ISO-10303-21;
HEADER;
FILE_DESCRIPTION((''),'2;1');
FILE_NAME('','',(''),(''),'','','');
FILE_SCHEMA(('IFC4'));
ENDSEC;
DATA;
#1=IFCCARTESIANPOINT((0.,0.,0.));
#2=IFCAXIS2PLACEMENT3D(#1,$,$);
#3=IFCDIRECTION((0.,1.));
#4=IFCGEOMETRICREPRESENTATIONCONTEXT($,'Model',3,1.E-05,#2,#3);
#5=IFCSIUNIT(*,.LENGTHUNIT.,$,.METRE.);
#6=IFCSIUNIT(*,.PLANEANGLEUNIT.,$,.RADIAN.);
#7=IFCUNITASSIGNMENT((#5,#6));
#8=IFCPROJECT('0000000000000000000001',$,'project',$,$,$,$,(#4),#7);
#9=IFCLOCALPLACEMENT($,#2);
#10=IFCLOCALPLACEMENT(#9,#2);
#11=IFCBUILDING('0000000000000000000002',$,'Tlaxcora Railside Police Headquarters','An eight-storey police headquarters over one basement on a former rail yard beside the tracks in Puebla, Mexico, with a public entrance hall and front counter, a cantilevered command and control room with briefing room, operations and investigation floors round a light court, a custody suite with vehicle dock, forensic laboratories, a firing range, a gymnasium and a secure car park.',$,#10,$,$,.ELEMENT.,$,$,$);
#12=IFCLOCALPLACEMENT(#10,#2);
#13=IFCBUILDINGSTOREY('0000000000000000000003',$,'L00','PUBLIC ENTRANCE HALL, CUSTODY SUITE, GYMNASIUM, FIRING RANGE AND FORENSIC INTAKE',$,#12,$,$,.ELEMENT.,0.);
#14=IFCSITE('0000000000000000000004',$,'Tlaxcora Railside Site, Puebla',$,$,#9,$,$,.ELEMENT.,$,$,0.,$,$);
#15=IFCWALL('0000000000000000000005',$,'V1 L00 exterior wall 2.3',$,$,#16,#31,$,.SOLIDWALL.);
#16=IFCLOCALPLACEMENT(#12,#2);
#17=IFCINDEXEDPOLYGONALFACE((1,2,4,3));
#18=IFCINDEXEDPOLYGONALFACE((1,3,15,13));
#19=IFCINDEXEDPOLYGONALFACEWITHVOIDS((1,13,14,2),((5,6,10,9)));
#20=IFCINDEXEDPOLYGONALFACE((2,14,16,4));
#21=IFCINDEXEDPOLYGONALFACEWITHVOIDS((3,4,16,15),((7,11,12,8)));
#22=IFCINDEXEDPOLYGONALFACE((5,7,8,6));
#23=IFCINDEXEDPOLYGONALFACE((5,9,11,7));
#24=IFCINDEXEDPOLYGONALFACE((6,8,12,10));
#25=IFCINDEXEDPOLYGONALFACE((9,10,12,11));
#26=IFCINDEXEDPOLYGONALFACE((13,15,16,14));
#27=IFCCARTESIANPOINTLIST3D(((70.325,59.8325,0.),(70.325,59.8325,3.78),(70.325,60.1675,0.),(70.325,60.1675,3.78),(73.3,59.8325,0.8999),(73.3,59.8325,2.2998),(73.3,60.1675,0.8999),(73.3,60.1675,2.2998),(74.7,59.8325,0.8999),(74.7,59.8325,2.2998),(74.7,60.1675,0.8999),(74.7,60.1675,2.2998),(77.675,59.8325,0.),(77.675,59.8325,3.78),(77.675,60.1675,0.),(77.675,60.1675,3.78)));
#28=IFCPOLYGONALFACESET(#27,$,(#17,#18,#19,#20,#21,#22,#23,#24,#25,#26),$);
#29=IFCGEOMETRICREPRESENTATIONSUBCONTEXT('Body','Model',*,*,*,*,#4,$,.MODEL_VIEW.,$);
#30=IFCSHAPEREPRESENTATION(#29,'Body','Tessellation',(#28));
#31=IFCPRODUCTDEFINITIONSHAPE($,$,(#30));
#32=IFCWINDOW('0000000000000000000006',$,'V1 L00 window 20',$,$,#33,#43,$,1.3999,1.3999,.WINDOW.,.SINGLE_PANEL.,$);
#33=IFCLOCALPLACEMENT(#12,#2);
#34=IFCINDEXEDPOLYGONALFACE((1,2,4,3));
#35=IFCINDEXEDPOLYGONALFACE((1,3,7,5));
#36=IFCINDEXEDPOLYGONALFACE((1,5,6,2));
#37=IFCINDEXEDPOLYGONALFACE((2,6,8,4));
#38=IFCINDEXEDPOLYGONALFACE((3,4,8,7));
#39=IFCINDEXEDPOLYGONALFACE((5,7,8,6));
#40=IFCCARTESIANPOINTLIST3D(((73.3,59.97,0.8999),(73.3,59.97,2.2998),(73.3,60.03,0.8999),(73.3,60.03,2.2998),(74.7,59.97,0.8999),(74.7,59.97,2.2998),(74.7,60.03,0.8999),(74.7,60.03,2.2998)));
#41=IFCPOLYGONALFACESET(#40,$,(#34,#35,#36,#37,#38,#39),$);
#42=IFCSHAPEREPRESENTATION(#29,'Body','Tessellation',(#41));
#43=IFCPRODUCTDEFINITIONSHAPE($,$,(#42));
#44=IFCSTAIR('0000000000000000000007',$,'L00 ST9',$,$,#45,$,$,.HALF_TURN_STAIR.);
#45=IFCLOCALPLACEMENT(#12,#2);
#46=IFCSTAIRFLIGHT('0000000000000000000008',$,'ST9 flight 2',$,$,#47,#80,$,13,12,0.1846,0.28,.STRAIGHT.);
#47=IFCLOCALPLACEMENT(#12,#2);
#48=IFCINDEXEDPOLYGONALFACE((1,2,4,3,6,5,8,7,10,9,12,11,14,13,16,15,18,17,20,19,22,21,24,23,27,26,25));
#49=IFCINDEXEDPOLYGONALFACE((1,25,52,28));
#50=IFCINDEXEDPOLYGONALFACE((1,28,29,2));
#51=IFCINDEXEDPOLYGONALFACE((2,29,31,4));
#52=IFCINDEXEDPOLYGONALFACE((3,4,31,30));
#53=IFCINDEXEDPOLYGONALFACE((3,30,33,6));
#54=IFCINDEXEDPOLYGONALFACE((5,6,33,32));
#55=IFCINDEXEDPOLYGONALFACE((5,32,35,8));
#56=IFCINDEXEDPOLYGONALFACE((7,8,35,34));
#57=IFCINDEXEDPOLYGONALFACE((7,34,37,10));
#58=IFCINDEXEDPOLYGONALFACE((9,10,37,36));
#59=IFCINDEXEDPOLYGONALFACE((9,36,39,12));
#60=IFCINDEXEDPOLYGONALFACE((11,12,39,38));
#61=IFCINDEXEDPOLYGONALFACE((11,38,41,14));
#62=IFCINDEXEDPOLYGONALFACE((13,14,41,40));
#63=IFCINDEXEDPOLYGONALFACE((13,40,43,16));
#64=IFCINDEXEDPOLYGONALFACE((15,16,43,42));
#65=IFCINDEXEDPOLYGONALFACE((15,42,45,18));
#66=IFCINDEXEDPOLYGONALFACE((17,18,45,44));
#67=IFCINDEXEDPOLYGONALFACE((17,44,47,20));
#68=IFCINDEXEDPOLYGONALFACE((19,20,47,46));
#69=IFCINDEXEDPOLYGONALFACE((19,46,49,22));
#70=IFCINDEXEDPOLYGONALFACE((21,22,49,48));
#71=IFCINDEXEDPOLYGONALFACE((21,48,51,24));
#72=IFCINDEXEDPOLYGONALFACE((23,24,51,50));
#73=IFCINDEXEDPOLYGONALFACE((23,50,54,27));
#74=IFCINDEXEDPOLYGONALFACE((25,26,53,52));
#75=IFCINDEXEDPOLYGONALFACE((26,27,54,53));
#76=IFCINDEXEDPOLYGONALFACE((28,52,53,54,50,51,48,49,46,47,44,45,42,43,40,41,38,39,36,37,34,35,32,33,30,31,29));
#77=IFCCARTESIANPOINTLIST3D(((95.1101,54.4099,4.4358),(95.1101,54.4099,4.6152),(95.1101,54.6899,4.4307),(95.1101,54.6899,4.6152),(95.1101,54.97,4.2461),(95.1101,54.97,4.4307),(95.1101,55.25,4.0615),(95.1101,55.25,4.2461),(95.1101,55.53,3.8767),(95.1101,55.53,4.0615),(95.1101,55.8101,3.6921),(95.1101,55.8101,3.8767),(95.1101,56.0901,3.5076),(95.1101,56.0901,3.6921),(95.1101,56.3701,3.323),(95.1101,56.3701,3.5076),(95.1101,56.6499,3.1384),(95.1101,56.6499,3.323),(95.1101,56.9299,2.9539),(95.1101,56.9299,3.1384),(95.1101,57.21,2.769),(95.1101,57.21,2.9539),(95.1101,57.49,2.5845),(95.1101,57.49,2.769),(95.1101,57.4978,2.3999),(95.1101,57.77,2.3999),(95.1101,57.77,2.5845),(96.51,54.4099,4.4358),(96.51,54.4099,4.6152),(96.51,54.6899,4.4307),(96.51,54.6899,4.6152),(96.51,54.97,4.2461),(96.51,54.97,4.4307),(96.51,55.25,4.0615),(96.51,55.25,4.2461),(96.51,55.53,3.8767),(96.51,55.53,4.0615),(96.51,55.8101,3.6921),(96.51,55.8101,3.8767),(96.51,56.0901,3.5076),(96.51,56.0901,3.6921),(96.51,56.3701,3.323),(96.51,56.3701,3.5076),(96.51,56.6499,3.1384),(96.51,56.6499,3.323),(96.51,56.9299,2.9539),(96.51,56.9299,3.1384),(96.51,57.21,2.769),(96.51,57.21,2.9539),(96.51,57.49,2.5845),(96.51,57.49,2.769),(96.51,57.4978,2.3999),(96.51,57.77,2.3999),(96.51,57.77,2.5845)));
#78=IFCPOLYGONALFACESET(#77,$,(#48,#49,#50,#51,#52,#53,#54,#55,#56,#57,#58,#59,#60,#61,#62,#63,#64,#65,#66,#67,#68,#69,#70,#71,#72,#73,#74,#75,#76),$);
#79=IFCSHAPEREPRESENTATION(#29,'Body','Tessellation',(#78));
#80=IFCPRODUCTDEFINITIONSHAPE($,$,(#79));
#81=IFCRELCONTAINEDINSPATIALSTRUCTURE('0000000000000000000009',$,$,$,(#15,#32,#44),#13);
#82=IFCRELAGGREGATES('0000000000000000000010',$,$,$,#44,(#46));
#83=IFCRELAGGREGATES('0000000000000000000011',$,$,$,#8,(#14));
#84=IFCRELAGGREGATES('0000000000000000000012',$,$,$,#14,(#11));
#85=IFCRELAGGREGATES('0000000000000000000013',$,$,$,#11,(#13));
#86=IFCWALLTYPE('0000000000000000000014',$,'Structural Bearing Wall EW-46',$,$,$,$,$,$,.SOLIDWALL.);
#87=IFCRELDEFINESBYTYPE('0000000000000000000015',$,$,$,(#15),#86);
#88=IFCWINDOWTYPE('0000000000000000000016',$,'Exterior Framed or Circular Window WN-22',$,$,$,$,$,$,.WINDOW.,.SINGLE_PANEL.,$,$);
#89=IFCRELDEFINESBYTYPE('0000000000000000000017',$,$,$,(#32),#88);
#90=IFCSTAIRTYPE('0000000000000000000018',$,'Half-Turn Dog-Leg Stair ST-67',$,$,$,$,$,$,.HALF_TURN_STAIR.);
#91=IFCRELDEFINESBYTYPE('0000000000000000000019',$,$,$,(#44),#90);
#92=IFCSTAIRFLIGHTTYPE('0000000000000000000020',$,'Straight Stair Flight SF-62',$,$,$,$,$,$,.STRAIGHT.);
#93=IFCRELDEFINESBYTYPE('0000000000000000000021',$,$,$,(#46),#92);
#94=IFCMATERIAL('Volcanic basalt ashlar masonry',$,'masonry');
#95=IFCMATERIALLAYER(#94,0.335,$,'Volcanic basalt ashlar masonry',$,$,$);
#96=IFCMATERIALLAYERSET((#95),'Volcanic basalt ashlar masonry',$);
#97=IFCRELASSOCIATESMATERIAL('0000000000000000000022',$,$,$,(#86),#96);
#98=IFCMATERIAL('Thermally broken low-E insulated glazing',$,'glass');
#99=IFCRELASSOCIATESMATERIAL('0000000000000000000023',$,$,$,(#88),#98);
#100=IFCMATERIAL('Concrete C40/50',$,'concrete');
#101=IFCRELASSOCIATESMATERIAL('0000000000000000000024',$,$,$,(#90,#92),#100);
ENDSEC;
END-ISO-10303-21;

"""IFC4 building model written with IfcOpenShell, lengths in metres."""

from ifc_helpers import new_model, si_unit, direction, frame, frame_2d, origin, place, context, subcontext, project, spatial, polyline, rectangle, outline, extrude, material, layer, layer_set, type_object, element, fill, aggregate, save


model = new_model("IFC4")

# Units and contexts
model_context = context("Model", 3, precision=1e-05, world=origin(), true_north=direction((0.0, 1.0)))
body_context = subcontext(model_context, "Body", "Model", "MODEL_VIEW")
ifc_project = project(units=[si_unit("LENGTHUNIT", "METRE"), si_unit("PLANEANGLEUNIT", "RADIAN")], contexts=[model_context])

# Site, building, storey
site_placement = place(None, origin())
site = spatial("IfcSite", under=ifc_project, at=site_placement, Name="Tlaxcora Railside Site, Puebla", CompositionType="ELEMENT", RefElevation=0.0)
building_placement = place(site_placement, origin())
building = spatial("IfcBuilding", under=site, at=building_placement, Name="Tlaxcora Railside Police Headquarters", Description="An eight-storey police headquarters over one basement on a former rail yard beside the tracks in Puebla, Mexico, with a public entrance hall and front counter, a cantilevered command and control room with briefing room, operations and investigation floors round a light court, a custody suite with vehicle dock, forensic laboratories, a firing range, a gymnasium and a secure car park.", CompositionType="ELEMENT")
storey_placement = place(building_placement, origin())
storey = spatial("IfcBuildingStorey", under=building, at=storey_placement, Name="L00", Description="PUBLIC ENTRANCE HALL, CUSTODY SUITE, GYMNASIUM, FIRING RANGE AND FORENSIC INTAKE", CompositionType="ELEMENT", Elevation=0.0)

# Shared definitions
ifc_material_1 = material(Name="Concrete C40/50", Category="concrete")

# Wall, opening, window
ifc_material_2 = material(Name="Volcanic basalt ashlar masonry", Category="masonry")
ifc_layer_1 = layer(ifc_material_2, 0.335, Name="Volcanic basalt ashlar masonry")
ifc_layer_set_1 = layer_set([ifc_layer_1], Name="Volcanic basalt ashlar masonry")
wall_type_1 = type_object("IfcWallType", Name="Structural Bearing Wall EW-46", PredefinedType="SOLIDWALL", material=ifc_layer_set_1)
ifc_material_3 = material(Name="Thermally broken low-E insulated glazing", Category="glass")
wall_1_placement = place(storey_placement, frame((77.675, 60.0, 0.0), z_axis=(0.0, 0.0, 1.0), x_axis=(-1.0, 0.0, 0.0)))
wall_1 = element("IfcWall", 1, at=wall_1_placement, inside=storey, type_object=wall_type_1, Name="V1 L00 exterior wall 2.3", PredefinedType="SOLIDWALL", context=body_context, shape_type="SweptSolid", body=[
    extrude(rectangle(XDim=7.3501, YDim=0.335, at=frame_2d((3.675, 0.0))), origin(), (0.0, 0.0, 1.0), 3.78),
])
opening_1_placement = place(wall_1_placement, frame((2.9751, 0.0, 0.8999)))
opening_1 = element("IfcOpeningElement", 2, at=opening_1_placement, cuts=wall_1, PredefinedType="OPENING", context=body_context, shape_type="SweptSolid", body=[
    extrude(rectangle(XDim=1.3999, YDim=1.3999, at=frame_2d((0.7, 0.7))), frame((0.0, 0.1775, 0.0), z_axis=(0.0, -1.0, 0.0), x_axis=(1.0, 0.0, 0.0)), (0.0, 0.0, 1.0), 0.355),
])
window_type_1 = type_object("IfcWindowType", Name="Exterior Framed or Circular Window WN-22", PartitioningType="SINGLE_PANEL", PredefinedType="WINDOW", material=ifc_material_3)
window_1_placement = place(opening_1_placement, origin())
window_1 = element("IfcWindow", 3, at=window_1_placement, inside=storey, type_object=window_type_1, Name="V1 L00 window 20", OverallHeight=1.3999, OverallWidth=1.3999, PartitioningType="SINGLE_PANEL", PredefinedType="WINDOW", context=body_context, shape_type="SweptSolid", body=[
    extrude(rectangle(XDim=1.3999, YDim=1.3999, at=frame_2d((0.7, 0.7))), frame((0.0, 0.03, 0.0), z_axis=(0.0, -1.0, 0.0), x_axis=(1.0, 0.0, 0.0)), (0.0, 0.0, 1.0), 0.0601),
])
fill(opening_1, window_1)

# Stair, stair flight
stair_type = type_object("IfcStairType", Name="Half-Turn Dog-Leg Stair ST-67", PredefinedType="HALF_TURN_STAIR", material=ifc_material_1)
stair_placement = place(storey_placement, origin())
stair = element("IfcStair", 4, at=stair_placement, inside=storey, type_object=stair_type, Name="L00 ST9", PredefinedType="HALF_TURN_STAIR")
stair_flight_type = type_object("IfcStairFlightType", Name="Straight Stair Flight SF-62", PredefinedType="STRAIGHT", material=ifc_material_1)
stair_flight_placement = place(storey_placement, frame((95.8101, 57.77, 2.3999), z_axis=(0.0, 0.0, 1.0), x_axis=(0.0, -1.0, 0.0)))
stair_flight = element("IfcStairFlight", 5, at=stair_flight_placement, type_object=stair_flight_type, Name="ST9 flight 2", NumberOfRisers=13, NumberOfTreads=12, PredefinedType="STRAIGHT", RiserHeight=0.1846, TreadLength=0.28, context=body_context, shape_type="SweptSolid", body=[
    extrude(outline(polyline([(0.0, 0.0), (0.0, 0.1846), (0.28, 0.1846), (0.28, 0.3691), (0.5601, 0.3691), (0.5601, 0.554), (0.8401, 0.554), (0.8401, 0.7385), (1.1201, 0.7385), (1.1201, 0.9231), (1.3999, 0.9231), (1.3999, 1.1077), (1.6799, 1.1077), (1.6799, 1.2922), (1.96, 1.2922), (1.96, 1.4768), (2.24, 1.4768), (2.24, 1.6616), (2.52, 1.6616), (2.52, 1.8462), (2.8, 1.8462), (2.8, 2.0308), (3.0801, 2.0308), (3.0801, 2.2153), (3.3601, 2.2153), (3.3601, 2.3999), (3.3601, 2.0359), (0.2722, 0.0), (0.0, 0.0)])), frame((0.0, 0.7, 0.0), z_axis=(0.0, -1.0, 0.0), x_axis=(1.0, 0.0, 0.0)), (0.0, 0.0, 1.0), 1.3999),
])
aggregate(stair, [stair_flight])

save(model, "model.ifc")
